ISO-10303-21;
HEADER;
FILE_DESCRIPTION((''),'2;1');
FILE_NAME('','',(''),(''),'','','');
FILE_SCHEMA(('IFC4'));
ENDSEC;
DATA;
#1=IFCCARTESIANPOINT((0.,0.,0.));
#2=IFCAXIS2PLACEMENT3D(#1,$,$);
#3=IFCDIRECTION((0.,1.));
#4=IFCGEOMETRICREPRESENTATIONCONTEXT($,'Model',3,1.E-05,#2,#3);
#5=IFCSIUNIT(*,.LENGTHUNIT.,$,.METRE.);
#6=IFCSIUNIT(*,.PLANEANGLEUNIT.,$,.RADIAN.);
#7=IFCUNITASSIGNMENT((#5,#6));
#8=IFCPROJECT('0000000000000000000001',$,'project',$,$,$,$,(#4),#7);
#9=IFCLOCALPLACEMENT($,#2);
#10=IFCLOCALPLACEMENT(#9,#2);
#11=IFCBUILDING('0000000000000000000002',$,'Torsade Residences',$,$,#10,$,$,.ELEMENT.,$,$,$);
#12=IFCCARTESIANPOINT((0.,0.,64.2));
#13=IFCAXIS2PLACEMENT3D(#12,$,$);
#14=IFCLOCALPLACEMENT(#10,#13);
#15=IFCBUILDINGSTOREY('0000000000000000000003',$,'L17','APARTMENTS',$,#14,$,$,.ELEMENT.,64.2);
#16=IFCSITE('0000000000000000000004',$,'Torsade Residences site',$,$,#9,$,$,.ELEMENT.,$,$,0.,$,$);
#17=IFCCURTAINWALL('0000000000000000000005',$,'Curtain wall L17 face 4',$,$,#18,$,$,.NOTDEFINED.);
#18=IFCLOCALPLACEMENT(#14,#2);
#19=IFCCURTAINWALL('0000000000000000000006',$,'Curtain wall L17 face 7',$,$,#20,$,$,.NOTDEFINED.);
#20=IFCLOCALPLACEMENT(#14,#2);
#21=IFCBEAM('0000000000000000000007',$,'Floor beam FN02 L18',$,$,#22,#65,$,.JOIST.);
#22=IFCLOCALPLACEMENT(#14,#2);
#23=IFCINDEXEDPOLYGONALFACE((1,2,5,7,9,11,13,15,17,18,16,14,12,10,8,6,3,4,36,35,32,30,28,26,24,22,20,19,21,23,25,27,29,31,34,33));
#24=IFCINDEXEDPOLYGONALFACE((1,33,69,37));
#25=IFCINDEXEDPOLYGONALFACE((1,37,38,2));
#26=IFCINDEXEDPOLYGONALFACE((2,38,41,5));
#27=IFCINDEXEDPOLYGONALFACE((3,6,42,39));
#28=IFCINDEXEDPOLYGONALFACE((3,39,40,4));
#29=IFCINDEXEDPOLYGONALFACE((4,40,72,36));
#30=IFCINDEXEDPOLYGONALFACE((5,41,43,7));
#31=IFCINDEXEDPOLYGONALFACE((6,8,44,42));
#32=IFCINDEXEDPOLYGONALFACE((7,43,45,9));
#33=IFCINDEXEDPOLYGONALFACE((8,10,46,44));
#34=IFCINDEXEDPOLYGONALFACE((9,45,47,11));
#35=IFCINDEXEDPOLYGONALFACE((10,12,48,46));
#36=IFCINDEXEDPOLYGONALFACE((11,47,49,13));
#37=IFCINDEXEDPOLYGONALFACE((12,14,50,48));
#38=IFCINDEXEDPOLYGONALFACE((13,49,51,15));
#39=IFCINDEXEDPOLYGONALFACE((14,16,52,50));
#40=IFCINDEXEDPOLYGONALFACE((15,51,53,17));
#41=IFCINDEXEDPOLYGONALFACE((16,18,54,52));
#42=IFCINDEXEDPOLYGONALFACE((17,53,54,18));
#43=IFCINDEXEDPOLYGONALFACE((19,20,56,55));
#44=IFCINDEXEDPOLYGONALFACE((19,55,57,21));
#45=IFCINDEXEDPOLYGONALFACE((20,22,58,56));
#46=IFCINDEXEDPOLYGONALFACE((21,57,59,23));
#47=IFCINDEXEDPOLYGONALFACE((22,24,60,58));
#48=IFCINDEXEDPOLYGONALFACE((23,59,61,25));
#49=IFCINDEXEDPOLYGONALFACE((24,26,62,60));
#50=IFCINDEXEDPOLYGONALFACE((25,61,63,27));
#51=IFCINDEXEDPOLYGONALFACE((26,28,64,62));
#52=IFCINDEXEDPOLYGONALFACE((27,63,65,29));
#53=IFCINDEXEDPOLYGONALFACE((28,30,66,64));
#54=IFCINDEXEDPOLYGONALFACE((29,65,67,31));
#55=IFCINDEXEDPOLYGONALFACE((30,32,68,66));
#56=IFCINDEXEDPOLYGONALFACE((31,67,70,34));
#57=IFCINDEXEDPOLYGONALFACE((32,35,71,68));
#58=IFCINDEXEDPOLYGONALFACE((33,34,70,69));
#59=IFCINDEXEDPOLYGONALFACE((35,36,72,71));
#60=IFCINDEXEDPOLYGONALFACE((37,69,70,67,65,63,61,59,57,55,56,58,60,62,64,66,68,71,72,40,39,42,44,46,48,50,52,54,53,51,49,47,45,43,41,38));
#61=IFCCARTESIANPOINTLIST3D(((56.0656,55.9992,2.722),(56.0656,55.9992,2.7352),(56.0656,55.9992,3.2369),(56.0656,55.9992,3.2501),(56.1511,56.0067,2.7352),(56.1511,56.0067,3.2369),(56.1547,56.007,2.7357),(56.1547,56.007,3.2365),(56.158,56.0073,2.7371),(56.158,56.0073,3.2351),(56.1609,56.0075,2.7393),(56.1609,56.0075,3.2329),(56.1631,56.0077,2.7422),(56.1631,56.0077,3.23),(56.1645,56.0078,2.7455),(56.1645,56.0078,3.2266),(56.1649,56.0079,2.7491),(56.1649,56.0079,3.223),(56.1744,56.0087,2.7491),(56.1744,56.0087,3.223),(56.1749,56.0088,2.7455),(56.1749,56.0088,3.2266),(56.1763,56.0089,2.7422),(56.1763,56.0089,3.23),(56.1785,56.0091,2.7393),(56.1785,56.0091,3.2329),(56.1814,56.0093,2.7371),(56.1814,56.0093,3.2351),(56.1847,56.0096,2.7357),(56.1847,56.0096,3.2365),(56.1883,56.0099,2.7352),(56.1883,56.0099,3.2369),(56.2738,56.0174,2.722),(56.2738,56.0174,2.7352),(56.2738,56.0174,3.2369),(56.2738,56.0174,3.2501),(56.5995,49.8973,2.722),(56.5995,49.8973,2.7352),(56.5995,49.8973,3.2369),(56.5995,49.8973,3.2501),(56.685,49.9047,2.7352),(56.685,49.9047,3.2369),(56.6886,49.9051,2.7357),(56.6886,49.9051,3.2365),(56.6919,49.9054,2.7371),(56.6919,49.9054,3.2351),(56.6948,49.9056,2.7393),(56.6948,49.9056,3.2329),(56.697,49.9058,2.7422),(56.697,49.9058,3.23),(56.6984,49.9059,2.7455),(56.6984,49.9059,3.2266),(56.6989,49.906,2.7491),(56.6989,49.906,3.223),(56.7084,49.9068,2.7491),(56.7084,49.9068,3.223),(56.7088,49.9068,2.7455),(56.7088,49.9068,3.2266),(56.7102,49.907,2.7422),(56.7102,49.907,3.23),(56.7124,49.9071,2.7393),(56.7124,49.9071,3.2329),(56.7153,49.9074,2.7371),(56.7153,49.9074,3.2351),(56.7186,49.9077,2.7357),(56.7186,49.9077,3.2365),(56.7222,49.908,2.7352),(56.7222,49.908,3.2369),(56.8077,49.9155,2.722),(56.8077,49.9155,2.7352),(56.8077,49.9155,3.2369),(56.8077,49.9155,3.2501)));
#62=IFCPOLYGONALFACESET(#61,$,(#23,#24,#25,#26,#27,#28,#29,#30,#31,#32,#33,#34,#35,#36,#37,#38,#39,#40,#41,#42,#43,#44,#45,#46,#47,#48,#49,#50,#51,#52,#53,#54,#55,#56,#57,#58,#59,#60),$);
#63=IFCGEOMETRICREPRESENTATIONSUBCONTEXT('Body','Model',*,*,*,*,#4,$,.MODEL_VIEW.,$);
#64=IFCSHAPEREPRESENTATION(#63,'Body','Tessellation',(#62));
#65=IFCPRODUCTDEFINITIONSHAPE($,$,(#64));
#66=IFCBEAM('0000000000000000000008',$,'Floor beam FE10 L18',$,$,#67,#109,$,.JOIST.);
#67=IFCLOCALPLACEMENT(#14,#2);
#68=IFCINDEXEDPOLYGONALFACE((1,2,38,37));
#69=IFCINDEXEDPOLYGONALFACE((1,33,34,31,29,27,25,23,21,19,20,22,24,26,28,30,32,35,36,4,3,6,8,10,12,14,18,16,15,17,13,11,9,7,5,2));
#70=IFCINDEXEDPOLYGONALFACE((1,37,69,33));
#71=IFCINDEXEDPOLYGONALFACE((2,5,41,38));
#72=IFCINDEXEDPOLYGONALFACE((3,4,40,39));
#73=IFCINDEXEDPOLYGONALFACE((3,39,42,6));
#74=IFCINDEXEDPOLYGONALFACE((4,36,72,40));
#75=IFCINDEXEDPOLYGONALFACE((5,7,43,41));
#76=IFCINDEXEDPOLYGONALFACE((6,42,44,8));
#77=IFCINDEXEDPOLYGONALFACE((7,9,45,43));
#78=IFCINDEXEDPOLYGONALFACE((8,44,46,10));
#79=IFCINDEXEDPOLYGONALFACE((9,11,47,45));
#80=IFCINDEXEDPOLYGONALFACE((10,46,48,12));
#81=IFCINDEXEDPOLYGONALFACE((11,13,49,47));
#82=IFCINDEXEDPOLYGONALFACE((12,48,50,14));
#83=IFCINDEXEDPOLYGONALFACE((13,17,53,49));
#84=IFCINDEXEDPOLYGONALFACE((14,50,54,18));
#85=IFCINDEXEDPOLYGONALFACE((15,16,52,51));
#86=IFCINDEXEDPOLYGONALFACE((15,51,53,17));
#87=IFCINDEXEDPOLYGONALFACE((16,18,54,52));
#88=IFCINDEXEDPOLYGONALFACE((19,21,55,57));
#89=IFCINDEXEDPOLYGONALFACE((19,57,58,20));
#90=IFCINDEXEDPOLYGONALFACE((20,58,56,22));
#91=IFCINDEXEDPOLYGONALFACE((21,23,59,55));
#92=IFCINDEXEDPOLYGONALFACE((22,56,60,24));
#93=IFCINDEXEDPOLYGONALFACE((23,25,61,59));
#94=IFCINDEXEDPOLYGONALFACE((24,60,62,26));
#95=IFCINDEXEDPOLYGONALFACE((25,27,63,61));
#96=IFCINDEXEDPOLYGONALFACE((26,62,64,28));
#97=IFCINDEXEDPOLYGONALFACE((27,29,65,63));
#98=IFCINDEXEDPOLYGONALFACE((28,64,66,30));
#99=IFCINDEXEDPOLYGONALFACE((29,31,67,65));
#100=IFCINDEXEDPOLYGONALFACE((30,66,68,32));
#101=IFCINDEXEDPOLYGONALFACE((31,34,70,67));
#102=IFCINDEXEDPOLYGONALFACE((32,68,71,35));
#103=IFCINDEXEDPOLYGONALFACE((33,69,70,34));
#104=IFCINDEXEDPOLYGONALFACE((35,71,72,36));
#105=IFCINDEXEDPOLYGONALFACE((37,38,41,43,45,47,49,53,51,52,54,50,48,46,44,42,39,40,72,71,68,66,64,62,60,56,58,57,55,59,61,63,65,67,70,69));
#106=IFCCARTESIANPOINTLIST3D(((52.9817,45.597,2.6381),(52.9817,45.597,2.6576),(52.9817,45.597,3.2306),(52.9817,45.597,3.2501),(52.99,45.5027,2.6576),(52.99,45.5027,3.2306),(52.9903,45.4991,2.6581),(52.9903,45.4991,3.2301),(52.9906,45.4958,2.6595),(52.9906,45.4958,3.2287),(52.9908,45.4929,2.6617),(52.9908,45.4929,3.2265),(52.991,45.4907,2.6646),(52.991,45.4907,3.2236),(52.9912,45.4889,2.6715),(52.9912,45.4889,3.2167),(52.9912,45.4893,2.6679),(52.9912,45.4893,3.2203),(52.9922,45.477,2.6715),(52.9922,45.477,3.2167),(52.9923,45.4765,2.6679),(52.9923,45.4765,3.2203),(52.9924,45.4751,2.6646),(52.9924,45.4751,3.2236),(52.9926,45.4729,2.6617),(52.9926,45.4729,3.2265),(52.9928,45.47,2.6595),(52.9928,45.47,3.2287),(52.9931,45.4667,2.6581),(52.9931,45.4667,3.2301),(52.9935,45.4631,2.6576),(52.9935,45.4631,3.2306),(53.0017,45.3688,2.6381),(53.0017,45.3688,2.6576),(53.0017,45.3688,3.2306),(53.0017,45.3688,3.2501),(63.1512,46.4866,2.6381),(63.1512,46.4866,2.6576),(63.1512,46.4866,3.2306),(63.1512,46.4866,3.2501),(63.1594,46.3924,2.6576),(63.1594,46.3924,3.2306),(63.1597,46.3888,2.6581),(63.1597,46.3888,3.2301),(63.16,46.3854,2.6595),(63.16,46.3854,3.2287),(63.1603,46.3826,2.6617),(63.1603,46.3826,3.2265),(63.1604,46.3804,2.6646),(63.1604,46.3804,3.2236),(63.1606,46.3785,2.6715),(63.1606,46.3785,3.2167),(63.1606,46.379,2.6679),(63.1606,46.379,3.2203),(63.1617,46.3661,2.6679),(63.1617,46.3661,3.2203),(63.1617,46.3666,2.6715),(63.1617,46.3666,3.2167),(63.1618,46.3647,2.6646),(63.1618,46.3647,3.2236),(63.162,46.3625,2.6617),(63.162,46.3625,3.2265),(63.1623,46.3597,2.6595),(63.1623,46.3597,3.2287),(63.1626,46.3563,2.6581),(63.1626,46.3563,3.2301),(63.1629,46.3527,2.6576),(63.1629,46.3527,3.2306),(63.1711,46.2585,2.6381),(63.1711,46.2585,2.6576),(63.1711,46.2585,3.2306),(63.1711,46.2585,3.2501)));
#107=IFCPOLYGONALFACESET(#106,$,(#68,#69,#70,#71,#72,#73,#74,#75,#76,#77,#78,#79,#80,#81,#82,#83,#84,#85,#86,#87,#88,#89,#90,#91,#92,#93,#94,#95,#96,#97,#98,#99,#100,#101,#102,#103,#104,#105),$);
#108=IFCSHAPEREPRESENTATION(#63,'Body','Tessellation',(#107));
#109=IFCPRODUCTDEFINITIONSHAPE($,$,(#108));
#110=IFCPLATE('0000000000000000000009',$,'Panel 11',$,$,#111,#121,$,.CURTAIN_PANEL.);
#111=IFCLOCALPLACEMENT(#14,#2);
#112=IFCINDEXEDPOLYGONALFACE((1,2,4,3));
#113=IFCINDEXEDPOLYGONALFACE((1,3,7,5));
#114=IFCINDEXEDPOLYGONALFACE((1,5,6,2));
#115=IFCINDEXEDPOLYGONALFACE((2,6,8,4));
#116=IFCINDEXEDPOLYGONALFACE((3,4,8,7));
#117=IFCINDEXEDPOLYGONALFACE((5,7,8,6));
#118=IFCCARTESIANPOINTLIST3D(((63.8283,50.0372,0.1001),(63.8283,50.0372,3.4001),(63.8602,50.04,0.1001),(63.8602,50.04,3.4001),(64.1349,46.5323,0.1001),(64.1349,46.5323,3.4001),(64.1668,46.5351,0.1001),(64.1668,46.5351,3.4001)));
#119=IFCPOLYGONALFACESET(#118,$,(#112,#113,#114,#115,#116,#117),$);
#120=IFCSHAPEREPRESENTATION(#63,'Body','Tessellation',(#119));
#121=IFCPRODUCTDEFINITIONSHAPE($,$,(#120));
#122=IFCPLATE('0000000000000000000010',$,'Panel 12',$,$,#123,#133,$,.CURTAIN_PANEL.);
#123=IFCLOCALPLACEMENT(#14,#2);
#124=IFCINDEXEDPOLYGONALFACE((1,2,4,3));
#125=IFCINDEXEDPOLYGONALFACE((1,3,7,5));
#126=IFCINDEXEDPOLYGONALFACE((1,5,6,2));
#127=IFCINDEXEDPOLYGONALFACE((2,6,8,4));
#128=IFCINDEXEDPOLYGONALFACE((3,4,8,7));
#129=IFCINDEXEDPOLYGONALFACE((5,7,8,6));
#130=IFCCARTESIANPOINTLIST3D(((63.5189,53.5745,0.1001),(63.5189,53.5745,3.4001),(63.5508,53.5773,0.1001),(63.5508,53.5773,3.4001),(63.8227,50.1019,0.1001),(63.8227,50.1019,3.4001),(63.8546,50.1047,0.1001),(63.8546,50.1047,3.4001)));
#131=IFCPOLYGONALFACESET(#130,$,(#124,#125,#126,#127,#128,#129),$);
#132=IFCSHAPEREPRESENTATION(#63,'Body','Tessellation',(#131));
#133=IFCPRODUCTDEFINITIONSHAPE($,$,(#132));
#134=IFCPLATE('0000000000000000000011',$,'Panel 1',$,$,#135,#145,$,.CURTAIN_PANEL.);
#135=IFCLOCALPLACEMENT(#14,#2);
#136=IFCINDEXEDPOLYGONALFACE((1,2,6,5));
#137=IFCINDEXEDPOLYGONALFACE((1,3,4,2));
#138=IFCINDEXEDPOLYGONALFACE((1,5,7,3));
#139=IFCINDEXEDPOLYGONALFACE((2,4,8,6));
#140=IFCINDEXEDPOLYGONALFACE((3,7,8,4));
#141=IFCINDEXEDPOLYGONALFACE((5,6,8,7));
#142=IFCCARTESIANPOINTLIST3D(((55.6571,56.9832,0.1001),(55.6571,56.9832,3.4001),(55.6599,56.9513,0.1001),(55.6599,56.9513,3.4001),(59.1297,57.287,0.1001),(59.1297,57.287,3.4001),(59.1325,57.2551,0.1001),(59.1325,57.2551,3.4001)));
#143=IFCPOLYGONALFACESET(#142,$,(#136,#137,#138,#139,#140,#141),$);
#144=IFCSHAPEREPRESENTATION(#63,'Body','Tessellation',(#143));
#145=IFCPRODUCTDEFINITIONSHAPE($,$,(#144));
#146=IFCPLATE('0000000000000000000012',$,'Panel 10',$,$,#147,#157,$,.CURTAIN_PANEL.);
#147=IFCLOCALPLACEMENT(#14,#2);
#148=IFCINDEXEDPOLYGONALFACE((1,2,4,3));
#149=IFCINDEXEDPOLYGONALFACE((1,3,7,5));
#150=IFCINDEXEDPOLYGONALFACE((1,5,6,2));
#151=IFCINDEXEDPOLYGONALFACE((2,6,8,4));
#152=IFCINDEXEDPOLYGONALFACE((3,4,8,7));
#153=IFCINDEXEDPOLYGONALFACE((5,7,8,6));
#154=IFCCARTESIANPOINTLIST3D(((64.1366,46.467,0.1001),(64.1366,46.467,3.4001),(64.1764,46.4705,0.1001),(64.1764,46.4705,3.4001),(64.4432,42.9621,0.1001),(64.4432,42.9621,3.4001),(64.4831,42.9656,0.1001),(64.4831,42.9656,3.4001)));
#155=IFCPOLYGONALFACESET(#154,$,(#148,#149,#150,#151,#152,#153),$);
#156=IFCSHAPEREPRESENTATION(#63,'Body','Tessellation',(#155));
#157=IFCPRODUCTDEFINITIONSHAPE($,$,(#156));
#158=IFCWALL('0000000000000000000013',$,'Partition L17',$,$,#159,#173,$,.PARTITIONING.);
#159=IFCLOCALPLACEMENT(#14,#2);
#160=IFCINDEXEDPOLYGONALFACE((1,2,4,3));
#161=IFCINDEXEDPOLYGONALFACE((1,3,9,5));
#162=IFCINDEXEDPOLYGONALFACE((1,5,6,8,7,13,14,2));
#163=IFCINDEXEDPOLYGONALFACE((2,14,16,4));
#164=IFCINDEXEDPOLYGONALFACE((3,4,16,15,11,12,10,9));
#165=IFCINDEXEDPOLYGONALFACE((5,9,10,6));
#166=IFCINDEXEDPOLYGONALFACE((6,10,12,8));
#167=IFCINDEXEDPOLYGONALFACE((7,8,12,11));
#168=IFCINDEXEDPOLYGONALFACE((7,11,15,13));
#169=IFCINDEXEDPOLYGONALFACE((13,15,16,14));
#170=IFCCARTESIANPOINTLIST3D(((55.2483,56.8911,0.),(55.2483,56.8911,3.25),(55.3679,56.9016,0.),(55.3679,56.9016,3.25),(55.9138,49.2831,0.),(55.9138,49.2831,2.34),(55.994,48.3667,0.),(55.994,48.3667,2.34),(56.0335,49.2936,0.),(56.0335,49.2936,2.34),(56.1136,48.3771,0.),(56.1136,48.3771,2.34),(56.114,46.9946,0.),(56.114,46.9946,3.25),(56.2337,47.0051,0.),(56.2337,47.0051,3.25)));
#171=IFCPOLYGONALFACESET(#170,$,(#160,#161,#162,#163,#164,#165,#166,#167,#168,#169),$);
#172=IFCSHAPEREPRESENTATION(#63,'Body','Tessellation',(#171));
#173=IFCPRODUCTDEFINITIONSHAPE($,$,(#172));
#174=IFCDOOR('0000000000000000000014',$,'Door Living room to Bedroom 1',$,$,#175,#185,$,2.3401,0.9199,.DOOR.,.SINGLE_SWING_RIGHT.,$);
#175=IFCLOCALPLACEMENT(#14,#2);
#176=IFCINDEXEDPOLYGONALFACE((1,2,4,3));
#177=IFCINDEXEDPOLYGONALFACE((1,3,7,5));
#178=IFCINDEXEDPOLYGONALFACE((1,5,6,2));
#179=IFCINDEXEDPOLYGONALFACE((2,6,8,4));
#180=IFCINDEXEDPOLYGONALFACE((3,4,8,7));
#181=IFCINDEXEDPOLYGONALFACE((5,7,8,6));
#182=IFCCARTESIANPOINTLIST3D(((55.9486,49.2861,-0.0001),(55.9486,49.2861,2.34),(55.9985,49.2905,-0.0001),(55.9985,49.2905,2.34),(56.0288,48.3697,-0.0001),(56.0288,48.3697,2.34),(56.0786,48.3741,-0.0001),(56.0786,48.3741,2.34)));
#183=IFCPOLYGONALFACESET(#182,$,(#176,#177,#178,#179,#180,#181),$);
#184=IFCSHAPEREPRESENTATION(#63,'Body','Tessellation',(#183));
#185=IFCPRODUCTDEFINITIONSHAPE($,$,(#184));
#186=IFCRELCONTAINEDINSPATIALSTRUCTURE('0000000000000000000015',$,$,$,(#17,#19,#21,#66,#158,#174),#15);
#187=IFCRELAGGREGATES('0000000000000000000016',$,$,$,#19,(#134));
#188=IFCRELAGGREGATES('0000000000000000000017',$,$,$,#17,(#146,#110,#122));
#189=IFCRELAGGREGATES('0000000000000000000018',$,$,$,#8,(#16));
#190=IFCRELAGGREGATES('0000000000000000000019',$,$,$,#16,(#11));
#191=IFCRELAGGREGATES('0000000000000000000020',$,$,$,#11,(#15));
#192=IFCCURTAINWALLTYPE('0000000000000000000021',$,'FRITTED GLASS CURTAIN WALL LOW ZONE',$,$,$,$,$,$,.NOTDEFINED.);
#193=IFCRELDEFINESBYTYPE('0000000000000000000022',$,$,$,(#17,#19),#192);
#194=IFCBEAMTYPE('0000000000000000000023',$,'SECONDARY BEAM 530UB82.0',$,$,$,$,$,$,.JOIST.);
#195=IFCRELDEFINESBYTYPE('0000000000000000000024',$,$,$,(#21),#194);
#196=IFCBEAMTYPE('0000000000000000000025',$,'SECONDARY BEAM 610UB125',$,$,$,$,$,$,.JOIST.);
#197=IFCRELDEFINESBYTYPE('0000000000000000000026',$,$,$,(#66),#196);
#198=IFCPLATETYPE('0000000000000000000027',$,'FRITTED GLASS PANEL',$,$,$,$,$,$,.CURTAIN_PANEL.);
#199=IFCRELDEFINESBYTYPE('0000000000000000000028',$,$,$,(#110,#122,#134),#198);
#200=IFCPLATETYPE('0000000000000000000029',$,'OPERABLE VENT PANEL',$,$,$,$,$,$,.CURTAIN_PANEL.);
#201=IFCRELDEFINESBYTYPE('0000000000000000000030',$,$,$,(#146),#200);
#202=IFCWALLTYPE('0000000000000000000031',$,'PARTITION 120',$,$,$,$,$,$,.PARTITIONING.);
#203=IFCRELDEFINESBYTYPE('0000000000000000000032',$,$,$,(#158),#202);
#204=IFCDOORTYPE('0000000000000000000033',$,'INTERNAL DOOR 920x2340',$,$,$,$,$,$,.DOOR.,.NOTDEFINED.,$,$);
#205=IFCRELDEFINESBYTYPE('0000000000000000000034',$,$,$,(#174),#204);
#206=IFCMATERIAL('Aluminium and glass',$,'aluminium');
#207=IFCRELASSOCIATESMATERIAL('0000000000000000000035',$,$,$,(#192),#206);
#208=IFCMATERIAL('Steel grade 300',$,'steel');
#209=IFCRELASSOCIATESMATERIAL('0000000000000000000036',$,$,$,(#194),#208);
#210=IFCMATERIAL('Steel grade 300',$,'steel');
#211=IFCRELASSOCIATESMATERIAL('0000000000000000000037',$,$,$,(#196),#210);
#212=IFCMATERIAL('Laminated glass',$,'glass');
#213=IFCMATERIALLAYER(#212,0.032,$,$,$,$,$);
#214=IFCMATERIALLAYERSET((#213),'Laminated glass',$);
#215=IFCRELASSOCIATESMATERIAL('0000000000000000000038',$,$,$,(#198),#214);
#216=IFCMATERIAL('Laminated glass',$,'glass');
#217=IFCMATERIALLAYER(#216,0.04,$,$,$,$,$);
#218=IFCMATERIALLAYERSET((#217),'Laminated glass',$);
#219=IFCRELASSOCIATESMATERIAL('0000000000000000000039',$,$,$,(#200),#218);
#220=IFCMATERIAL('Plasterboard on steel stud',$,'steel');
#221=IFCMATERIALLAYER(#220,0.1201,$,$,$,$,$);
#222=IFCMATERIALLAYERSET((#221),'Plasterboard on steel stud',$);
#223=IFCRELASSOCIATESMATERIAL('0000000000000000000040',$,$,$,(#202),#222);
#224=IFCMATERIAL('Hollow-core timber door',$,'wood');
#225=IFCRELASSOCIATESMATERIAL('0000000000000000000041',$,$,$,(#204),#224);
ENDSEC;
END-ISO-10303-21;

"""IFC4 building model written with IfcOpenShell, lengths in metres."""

from ifc_helpers import new_model, si_unit, direction, frame, frame_2d, origin, origin_2d, place, context, subcontext, project, spatial, rectangle, i_section, extrude, material, layer, layer_set, material_profile, profile_set, type_object, element, fill, aggregate, save


model = new_model("IFC4")

# Units and contexts
model_context = context("Model", 3, precision=1e-05, world=origin(), true_north=direction((0.0, 1.0)))
body_context = subcontext(model_context, "Body", "Model", "MODEL_VIEW")
ifc_project = project(units=[si_unit("LENGTHUNIT", "METRE"), si_unit("PLANEANGLEUNIT", "RADIAN")], contexts=[model_context])

# Site, building, storey
site_placement = place(None, origin())
site = spatial("IfcSite", under=ifc_project, at=site_placement, Name="Torsade Residences site", CompositionType="ELEMENT", RefElevation=0.0)
building_placement = place(site_placement, origin())
building = spatial("IfcBuilding", under=site, at=building_placement, Name="Torsade Residences", CompositionType="ELEMENT")
storey_placement = place(building_placement, frame((0.0, 0.0, 64.2)))
storey = spatial("IfcBuildingStorey", under=building, at=storey_placement, Name="L17", Description="APARTMENTS", CompositionType="ELEMENT", Elevation=64.2)

# Curtain walls
ifc_material_1 = material(Name="Aluminium and glass", Category="aluminium")
curtain_wall_type = type_object("IfcCurtainWallType", Name="FRITTED GLASS CURTAIN WALL LOW ZONE", PredefinedType="NOTDEFINED", material=ifc_material_1)
curtain_wall_1_placement = place(storey_placement, origin())
curtain_wall_1 = element("IfcCurtainWall", 1, at=curtain_wall_1_placement, inside=storey, type_object=curtain_wall_type, Name="Curtain wall L17 face 4", PredefinedType="NOTDEFINED")
curtain_wall_2_placement = place(storey_placement, origin())
curtain_wall_2 = element("IfcCurtainWall", 2, at=curtain_wall_2_placement, inside=storey, type_object=curtain_wall_type, Name="Curtain wall L17 face 7", PredefinedType="NOTDEFINED")

# Beams
ifc_material_2 = material(Name="Steel grade 300", Category="steel")
ifc_material_profile_1 = material_profile(ifc_material_2, i_section(OverallWidth=0.209, OverallDepth=0.5281, WebThickness=0.0095, FlangeThickness=0.0132, FilletRadius=0.0139, at=origin_2d()), Name="530UB82.0")
ifc_profile_set_1 = profile_set([ifc_material_profile_1], Name="Steel grade 300")
beam_type_1 = type_object("IfcBeamType", Name="SECONDARY BEAM 530UB82.0", PredefinedType="JOIST", material=ifc_profile_set_1)
beam_1_placement = place(storey_placement, frame((56.1697, 56.0083, 2.9861), z_axis=(0.087171, -0.996193, 0.0), x_axis=(0.996193, 0.087171, 0.0)))
element("IfcBeam", 3, at=beam_1_placement, inside=storey, type_object=beam_type_1, Name="Floor beam FN02 L18", PredefinedType="JOIST", context=body_context, shape_type="SweptSolid", body=[
    extrude(i_section(OverallWidth=0.209, OverallDepth=0.5281, WebThickness=0.0095, FlangeThickness=0.0132, FilletRadius=0.0139, at=origin_2d()), origin(), (0.0, 0.0, 1.0), 6.1252),
])
ifc_material_3 = material(Name="Steel grade 300", Category="steel")
ifc_material_profile_2 = material_profile(ifc_material_3, i_section(OverallWidth=0.229, OverallDepth=0.6121, WebThickness=0.012, FlangeThickness=0.0195, FilletRadius=0.0139, at=origin_2d()), Name="610UB125")
ifc_profile_set_2 = profile_set([ifc_material_profile_2], Name="Steel grade 300")
beam_type_2 = type_object("IfcBeamType", Name="SECONDARY BEAM 610UB125", PredefinedType="JOIST", material=ifc_profile_set_2)
beam_2_placement = place(storey_placement, frame((63.1611, 46.3726, 2.9441), z_axis=(-0.996195, -0.08715, 0.0), x_axis=(0.08715, -0.996195, 0.0)))
element("IfcBeam", 4, at=beam_2_placement, inside=storey, type_object=beam_type_2, Name="Floor beam FE10 L18", PredefinedType="JOIST", context=body_context, shape_type="SweptSolid", body=[
    extrude(i_section(OverallWidth=0.229, OverallDepth=0.6121, WebThickness=0.012, FlangeThickness=0.0195, FilletRadius=0.0139, at=origin_2d()), origin(), (0.0, 0.0, 1.0), 10.2083),
])

# Plates
ifc_material_4 = material(Name="Laminated glass", Category="glass")
ifc_layer_1 = layer(ifc_material_4, 0.032)
ifc_layer_set_1 = layer_set([ifc_layer_1], Name="Laminated glass")
plate_type_1 = type_object("IfcPlateType", Name="FRITTED GLASS PANEL", PredefinedType="CURTAIN_PANEL", material=ifc_layer_set_1)
plate_1_placement = place(storey_placement, frame((63.9976, 48.2861, 0.1001), z_axis=(0.0, 0.0, 1.0), x_axis=(-0.087156, 0.996195, 0.0)))
plate_1 = element("IfcPlate", 5, at=plate_1_placement, type_object=plate_type_1, Name="Panel 11", PredefinedType="CURTAIN_PANEL", context=body_context, shape_type="SweptSolid", body=[
    extrude(rectangle(XDim=3.5183, YDim=0.032, at=origin_2d()), origin(), (0.0, 0.0, 1.0), 3.3),
])
plate_2_placement = place(storey_placement, frame((63.6868, 51.8396, 0.1001), z_axis=(0.0, 0.0, 1.0), x_axis=(-0.087156, 0.996195, 0.0)))
plate_2 = element("IfcPlate", 6, at=plate_2_placement, type_object=plate_type_1, Name="Panel 12", PredefinedType="CURTAIN_PANEL", context=body_context, shape_type="SweptSolid", body=[
    extrude(rectangle(XDim=3.4858, YDim=0.032, at=origin_2d()), origin(), (0.0, 0.0, 1.0), 3.3),
])
plate_3_placement = place(storey_placement, frame((57.3948, 57.1191, 0.1001), z_axis=(0.0, 0.0, 1.0), x_axis=(-0.996195, -0.087156, 0.0)))
plate_3 = element("IfcPlate", 7, at=plate_3_placement, type_object=plate_type_1, Name="Panel 1", PredefinedType="CURTAIN_PANEL", context=body_context, shape_type="SweptSolid", body=[
    extrude(rectangle(XDim=3.4858, YDim=0.032, at=origin_2d()), origin(), (0.0, 0.0, 1.0), 3.3),
])
aggregate(curtain_wall_2, [plate_3])
ifc_material_5 = material(Name="Laminated glass", Category="glass")
ifc_layer_2 = layer(ifc_material_5, 0.04)
ifc_layer_set_2 = layer_set([ifc_layer_2], Name="Laminated glass")
plate_type_2 = type_object("IfcPlateType", Name="OPERABLE VENT PANEL", PredefinedType="CURTAIN_PANEL", material=ifc_layer_set_2)
plate_4_placement = place(storey_placement, frame((64.3098, 44.7163, 0.1001), z_axis=(0.0, 0.0, 1.0), x_axis=(-0.087156, 0.996195, 0.0)))
plate_4 = element("IfcPlate", 8, at=plate_4_placement, type_object=plate_type_2, Name="Panel 10", PredefinedType="CURTAIN_PANEL", context=body_context, shape_type="SweptSolid", body=[
    extrude(rectangle(XDim=3.5183, YDim=0.04, at=origin_2d()), origin(), (0.0, 0.0, 1.0), 3.3),
])
aggregate(curtain_wall_1, [plate_4, plate_1, plate_2])

# Wall, opening, door
ifc_material_6 = material(Name="Plasterboard on steel stud", Category="steel")
ifc_layer_3 = layer(ifc_material_6, 0.1201)
ifc_layer_set_3 = layer_set([ifc_layer_3], Name="Plasterboard on steel stud")
wall_type_1 = type_object("IfcWallType", Name="PARTITION 120", PredefinedType="PARTITIONING", material=ifc_layer_set_3)
wall_1_placement = place(storey_placement, frame((55.3081, 56.8965, 0.0), z_axis=(0.0, 0.0, 1.0), x_axis=(0.087145, -0.996196, 0.0)))
wall_1 = element("IfcWall", 9, at=wall_1_placement, inside=storey, type_object=wall_type_1, Name="Partition L17", PredefinedType="PARTITIONING", context=body_context, shape_type="SweptSolid", body=[
    extrude(rectangle(XDim=9.9343, YDim=0.1201, at=frame_2d((4.9673, 0.0))), origin(), (0.0, 0.0, 1.0), 3.25),
])
opening_1_placement = place(wall_1_placement, frame((7.6372, 0.0, 0.0)))
opening_1 = element("IfcOpeningElement", 10, at=opening_1_placement, cuts=wall_1, PredefinedType="OPENING", context=body_context, shape_type="SweptSolid", body=[
    extrude(rectangle(XDim=0.9199, YDim=2.3401, at=frame_2d((0.46, 1.1699))), frame((0.0, 0.0701, 0.0), z_axis=(0.0, -1.0, 0.0), x_axis=(1.0, 0.0, 0.0)), (0.0, 0.0, 1.0), 0.1401),
])
ifc_material_7 = material(Name="Hollow-core timber door", Category="wood")
door_type_1 = type_object("IfcDoorType", Name="INTERNAL DOOR 920x2340", OperationType="NOTDEFINED", PredefinedType="DOOR", material=ifc_material_7)
door_1_placement = place(opening_1_placement, origin())
door_1 = element("IfcDoor", 11, at=door_1_placement, inside=storey, type_object=door_type_1, Name="Door Living room to Bedroom 1", OperationType="SINGLE_SWING_RIGHT", OverallHeight=2.3401, OverallWidth=0.9199, PredefinedType="DOOR", context=body_context, shape_type="SweptSolid", body=[
    extrude(rectangle(XDim=0.9199, YDim=2.3401, at=frame_2d((0.46, 1.1699))), frame((0.0, 0.0249, 0.0), z_axis=(0.0, -1.0, 0.0), x_axis=(1.0, 0.0, 0.0)), (0.0, 0.0, 1.0), 0.05),
])
fill(opening_1, door_1)

save(model, "model.ifc")
